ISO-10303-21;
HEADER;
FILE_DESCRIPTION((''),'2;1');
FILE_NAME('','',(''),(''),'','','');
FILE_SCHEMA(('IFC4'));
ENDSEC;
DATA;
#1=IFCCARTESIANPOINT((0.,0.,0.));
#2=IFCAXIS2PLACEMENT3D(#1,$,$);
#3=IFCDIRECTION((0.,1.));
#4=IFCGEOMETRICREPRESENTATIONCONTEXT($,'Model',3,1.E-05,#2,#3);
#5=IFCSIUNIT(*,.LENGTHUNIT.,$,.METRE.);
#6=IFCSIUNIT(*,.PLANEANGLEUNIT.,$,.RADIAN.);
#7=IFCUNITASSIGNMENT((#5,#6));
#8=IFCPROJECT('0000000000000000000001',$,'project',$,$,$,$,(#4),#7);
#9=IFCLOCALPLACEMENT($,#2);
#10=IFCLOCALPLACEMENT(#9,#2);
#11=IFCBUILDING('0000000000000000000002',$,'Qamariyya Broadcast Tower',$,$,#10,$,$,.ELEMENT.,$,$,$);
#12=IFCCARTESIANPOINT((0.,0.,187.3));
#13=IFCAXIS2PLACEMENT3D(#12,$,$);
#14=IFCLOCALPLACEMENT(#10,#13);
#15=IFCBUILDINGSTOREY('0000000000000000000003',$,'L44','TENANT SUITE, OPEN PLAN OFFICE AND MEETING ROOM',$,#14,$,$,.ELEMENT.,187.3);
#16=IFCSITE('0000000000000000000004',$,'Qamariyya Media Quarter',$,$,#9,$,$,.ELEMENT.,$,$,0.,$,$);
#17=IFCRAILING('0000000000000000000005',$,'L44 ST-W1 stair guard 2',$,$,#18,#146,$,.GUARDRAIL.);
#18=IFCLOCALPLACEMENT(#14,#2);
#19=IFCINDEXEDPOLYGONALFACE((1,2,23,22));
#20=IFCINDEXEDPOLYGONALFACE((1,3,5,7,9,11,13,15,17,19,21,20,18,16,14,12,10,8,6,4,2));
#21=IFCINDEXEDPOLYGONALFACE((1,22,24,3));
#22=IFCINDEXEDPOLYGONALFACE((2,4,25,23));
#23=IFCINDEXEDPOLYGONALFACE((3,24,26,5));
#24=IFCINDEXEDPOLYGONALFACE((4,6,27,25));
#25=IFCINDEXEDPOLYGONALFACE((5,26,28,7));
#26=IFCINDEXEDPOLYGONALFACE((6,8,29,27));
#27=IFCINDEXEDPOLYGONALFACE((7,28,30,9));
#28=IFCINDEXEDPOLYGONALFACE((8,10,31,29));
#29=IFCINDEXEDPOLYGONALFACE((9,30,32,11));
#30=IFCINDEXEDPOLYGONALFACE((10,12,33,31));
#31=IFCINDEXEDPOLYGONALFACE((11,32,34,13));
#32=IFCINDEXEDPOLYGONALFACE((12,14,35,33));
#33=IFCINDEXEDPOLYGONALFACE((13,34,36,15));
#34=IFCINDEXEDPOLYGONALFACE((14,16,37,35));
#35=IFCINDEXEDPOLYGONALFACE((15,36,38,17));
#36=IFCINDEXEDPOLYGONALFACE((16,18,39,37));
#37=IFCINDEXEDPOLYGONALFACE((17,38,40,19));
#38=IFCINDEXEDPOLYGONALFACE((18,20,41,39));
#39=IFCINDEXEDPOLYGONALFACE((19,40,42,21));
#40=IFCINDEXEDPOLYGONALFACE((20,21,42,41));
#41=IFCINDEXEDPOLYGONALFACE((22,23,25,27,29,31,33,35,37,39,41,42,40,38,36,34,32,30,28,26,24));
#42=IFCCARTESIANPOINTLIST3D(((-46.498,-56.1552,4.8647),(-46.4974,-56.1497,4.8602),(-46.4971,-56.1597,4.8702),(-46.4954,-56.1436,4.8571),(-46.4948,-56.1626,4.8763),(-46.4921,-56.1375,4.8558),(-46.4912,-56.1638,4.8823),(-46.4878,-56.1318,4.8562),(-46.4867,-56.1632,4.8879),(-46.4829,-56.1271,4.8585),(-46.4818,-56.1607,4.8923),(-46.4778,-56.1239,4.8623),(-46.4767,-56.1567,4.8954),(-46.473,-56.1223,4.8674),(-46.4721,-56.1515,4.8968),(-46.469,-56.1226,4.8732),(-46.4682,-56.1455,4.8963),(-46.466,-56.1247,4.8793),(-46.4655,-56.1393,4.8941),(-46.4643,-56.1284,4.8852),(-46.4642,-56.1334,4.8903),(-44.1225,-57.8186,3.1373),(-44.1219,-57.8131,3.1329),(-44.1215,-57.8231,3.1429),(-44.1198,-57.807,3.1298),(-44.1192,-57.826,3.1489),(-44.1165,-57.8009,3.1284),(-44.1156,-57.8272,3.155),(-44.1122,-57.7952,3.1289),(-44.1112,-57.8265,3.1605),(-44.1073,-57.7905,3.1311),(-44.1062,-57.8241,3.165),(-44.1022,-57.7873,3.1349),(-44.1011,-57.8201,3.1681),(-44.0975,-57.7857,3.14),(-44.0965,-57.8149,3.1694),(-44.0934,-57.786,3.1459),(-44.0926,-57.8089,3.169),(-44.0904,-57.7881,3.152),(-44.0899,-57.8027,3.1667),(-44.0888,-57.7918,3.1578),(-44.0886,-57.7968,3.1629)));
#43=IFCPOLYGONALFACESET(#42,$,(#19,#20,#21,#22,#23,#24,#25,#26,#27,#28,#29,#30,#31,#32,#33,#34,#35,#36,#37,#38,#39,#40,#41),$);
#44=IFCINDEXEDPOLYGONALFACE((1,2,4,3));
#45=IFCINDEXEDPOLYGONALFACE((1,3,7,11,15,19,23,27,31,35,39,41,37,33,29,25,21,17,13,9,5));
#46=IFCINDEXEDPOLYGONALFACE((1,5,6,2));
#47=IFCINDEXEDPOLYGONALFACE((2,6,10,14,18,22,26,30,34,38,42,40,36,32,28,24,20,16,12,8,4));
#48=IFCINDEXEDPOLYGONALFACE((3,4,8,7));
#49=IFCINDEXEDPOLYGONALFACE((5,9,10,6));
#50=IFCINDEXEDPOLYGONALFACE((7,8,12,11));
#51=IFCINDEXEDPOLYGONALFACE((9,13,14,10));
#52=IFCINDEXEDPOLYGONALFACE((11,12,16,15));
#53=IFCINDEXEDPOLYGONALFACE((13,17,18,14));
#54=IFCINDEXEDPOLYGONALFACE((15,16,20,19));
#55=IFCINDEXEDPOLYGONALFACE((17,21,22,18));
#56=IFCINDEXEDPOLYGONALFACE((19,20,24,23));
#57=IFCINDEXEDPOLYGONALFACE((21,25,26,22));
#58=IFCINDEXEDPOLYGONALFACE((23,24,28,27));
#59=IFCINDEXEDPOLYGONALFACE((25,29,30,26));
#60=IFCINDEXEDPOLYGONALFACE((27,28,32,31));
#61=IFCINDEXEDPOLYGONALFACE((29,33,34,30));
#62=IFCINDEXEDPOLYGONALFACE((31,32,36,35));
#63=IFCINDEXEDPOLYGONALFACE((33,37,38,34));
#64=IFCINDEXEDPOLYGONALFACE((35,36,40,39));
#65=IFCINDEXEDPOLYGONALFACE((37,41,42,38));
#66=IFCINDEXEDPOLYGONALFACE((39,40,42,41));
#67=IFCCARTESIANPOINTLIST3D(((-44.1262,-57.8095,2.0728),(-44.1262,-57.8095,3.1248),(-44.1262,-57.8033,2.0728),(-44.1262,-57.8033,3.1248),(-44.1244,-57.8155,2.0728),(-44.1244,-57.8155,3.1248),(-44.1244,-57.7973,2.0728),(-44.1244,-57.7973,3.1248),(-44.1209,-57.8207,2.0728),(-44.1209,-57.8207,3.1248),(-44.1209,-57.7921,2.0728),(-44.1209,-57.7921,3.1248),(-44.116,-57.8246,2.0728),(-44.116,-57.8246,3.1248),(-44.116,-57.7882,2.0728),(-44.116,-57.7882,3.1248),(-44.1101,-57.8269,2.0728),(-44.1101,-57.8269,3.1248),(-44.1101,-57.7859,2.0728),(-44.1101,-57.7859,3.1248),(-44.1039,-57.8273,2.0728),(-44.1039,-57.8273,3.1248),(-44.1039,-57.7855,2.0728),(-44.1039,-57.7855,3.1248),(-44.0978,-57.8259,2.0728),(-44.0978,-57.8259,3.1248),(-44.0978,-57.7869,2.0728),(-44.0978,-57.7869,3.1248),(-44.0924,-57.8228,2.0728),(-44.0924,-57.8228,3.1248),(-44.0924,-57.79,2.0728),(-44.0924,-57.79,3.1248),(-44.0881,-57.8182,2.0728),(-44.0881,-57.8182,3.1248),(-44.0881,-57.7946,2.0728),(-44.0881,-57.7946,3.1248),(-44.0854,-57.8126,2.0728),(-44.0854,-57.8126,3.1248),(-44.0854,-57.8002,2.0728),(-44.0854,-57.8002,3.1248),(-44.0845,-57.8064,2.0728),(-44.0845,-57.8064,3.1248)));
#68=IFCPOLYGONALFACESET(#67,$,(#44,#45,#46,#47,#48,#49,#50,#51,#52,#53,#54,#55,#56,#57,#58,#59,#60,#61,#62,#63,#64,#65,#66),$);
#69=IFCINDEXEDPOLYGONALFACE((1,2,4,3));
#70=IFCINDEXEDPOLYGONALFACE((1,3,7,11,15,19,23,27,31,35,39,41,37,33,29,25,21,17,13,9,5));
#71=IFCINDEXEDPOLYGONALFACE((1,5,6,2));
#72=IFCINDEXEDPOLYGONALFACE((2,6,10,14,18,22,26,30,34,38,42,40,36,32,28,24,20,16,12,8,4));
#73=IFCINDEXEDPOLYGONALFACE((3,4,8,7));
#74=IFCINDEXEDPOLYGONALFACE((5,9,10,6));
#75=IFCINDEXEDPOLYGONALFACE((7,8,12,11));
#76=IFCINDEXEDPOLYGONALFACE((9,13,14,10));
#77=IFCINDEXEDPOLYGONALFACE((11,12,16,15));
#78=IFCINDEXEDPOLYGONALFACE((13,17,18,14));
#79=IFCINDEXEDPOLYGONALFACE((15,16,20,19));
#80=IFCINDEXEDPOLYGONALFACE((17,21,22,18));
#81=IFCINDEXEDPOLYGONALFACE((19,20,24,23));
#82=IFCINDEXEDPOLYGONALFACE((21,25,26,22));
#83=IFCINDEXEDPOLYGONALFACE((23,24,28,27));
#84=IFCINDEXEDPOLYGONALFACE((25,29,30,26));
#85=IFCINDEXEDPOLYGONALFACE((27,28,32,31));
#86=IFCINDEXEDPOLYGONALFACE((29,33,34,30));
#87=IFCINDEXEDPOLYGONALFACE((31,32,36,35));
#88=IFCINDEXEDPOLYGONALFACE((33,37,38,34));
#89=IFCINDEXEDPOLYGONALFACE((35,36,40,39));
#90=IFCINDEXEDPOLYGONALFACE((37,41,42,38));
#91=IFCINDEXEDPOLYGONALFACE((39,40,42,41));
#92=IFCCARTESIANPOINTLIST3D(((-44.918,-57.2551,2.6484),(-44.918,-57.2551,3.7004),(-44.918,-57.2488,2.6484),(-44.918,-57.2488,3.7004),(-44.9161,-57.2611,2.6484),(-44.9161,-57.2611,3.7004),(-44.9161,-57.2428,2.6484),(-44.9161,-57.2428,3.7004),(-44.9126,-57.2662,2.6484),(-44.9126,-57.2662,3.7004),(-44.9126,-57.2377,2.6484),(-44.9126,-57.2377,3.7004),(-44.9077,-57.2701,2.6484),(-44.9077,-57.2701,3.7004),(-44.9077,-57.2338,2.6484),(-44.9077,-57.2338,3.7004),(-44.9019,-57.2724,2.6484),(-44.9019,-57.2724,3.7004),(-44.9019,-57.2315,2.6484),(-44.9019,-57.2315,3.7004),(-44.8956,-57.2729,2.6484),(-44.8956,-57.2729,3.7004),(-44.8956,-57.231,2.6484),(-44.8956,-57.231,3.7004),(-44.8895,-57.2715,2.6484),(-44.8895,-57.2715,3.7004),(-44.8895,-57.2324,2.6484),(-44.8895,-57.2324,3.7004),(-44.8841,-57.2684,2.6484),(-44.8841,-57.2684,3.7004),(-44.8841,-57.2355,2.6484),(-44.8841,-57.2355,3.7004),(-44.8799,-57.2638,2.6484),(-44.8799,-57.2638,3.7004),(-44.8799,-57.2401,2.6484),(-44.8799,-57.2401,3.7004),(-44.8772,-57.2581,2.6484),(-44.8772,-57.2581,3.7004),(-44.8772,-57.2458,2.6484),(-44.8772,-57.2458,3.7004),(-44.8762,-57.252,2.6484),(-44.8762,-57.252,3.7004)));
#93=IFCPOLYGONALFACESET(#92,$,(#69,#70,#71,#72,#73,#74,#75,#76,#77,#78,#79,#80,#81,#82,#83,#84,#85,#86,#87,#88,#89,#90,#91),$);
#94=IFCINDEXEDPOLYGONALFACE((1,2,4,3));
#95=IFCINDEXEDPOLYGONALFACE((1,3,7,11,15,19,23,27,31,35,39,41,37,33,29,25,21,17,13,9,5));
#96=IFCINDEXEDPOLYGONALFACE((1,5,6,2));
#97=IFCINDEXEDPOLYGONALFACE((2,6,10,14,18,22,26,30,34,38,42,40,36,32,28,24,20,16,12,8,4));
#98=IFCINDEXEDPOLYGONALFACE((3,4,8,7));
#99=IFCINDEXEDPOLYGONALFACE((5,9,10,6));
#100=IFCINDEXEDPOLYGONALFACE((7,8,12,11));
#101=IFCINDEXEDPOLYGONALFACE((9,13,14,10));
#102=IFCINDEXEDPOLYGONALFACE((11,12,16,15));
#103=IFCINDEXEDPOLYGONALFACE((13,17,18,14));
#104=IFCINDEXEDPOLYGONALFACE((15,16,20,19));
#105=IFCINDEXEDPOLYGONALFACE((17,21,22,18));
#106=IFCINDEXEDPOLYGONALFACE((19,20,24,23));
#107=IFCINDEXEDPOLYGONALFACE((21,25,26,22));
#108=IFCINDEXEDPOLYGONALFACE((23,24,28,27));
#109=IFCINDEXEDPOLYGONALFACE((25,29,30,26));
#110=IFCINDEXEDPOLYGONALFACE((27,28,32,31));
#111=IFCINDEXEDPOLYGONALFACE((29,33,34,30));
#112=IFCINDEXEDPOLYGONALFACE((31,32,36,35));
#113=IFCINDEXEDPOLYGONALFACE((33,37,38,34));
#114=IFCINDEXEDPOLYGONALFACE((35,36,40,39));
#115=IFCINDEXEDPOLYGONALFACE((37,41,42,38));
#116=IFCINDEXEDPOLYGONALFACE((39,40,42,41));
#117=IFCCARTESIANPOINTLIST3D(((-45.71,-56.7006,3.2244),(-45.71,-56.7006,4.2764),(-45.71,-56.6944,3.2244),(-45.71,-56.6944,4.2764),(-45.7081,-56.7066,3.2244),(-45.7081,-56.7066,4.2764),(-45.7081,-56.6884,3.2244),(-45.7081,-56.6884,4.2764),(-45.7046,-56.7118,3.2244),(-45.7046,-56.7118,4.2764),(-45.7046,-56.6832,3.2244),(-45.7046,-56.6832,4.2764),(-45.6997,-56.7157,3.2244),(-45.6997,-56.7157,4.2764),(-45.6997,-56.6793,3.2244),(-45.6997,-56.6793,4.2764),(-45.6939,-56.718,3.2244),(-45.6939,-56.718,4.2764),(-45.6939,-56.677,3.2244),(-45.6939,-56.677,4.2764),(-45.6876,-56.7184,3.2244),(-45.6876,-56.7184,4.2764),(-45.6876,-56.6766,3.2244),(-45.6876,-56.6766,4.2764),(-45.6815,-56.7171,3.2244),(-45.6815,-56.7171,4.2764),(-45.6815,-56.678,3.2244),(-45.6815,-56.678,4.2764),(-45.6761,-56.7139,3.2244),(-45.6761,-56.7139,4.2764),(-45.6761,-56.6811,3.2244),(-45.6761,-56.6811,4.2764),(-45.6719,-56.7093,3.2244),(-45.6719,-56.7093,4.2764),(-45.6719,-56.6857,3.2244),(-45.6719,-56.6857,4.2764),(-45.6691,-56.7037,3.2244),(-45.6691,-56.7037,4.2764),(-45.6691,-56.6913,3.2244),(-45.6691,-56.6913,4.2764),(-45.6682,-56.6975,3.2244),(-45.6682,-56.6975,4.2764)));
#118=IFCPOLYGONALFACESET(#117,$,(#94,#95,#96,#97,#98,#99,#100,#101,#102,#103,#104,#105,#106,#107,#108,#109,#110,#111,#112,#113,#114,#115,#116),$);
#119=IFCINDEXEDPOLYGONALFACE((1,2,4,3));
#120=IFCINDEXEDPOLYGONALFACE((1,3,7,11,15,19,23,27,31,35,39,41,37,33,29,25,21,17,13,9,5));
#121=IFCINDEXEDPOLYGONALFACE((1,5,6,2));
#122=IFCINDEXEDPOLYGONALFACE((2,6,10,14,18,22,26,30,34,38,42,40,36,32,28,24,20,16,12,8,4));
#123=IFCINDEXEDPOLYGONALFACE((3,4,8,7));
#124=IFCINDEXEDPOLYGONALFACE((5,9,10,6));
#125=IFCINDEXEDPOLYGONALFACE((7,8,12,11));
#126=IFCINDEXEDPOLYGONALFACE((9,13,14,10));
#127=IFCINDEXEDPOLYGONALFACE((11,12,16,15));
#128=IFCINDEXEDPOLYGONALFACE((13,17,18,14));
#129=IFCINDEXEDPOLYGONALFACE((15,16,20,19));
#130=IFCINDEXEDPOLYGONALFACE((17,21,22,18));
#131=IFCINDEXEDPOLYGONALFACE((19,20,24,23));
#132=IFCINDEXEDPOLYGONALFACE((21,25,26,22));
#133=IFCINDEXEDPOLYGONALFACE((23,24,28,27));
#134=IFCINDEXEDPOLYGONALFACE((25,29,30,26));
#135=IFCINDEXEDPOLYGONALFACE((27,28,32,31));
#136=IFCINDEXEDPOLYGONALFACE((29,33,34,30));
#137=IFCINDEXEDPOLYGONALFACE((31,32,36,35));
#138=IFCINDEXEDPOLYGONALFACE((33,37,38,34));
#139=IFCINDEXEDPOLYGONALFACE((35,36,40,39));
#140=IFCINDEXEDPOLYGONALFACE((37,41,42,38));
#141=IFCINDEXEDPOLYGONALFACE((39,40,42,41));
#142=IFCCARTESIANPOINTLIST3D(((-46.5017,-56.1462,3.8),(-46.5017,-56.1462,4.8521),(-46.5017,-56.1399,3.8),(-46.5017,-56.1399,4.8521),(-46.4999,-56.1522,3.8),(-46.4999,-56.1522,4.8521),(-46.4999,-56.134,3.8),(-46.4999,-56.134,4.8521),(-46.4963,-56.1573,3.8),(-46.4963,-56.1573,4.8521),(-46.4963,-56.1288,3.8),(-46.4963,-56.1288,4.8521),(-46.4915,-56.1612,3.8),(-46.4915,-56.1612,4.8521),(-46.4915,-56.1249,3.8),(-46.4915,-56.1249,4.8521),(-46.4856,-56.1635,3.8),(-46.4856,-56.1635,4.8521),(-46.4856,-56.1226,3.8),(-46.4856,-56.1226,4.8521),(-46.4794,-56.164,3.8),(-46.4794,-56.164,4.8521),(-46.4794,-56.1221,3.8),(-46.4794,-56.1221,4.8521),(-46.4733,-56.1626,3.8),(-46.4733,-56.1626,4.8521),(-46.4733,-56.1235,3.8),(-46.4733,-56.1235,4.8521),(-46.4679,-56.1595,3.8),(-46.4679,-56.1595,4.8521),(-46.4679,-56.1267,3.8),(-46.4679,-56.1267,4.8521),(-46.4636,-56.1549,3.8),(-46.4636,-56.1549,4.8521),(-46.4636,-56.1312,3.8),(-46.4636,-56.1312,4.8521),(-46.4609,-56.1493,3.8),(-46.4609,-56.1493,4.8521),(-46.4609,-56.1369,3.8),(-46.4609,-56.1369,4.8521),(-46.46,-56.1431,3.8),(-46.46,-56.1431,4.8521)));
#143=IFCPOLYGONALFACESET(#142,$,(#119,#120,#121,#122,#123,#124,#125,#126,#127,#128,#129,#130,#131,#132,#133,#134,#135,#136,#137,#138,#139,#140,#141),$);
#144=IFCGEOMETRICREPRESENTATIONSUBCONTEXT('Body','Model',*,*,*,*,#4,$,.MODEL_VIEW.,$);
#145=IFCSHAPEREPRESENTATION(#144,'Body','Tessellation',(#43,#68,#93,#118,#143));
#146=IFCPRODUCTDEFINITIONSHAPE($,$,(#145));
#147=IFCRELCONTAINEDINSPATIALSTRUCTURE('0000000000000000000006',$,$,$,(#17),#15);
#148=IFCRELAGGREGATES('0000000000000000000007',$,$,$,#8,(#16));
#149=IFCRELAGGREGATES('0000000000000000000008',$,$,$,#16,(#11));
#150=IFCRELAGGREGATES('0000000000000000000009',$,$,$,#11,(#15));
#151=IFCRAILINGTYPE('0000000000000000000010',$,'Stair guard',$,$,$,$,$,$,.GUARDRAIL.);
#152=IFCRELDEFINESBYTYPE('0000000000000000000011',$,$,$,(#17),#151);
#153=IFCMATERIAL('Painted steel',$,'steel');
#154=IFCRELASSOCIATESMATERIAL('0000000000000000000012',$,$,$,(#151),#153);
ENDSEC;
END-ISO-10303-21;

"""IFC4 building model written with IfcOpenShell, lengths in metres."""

from ifc_helpers import new_model, si_unit, direction, frame, origin, origin_2d, place, context, subcontext, project, spatial, circle, extrude, material, type_object, element, save


model = new_model("IFC4")

# Units and contexts
model_context = context("Model", 3, precision=1e-05, world=origin(), true_north=direction((0.0, 1.0)))
body_context = subcontext(model_context, "Body", "Model", "MODEL_VIEW")
ifc_project = project(units=[si_unit("LENGTHUNIT", "METRE"), si_unit("PLANEANGLEUNIT", "RADIAN")], contexts=[model_context])

# Site, building, storey
site_placement = place(None, origin())
site = spatial("IfcSite", under=ifc_project, at=site_placement, Name="Qamariyya Media Quarter", CompositionType="ELEMENT", RefElevation=0.0)
building_placement = place(site_placement, origin())
building = spatial("IfcBuilding", under=site, at=building_placement, Name="Qamariyya Broadcast Tower", CompositionType="ELEMENT")
storey_placement = place(building_placement, frame((0.0, 0.0, 187.3)))
storey = spatial("IfcBuildingStorey", under=building, at=storey_placement, Name="L44", Description="TENANT SUITE, OPEN PLAN OFFICE AND MEETING ROOM", CompositionType="ELEMENT", Elevation=187.3)

# Railing
ifc_material_1 = material(Name="Painted steel", Category="steel")
railing_type_1 = type_object("IfcRailingType", Name="Stair guard", PredefinedType="GUARDRAIL", material=ifc_material_1)
railing_1_placement = place(storey_placement, frame((-44.1055, -57.8064, 2.0728)))
element("IfcRailing", 1, at=railing_1_placement, inside=storey, type_object=railing_type_1, Name="L44 ST-W1 stair guard 2", PredefinedType="GUARDRAIL", context=body_context, shape_type="SweptSolid", body=[
    extrude(circle(Radius=0.0239, at=origin_2d()), frame((0.0, 0.0, 1.0762), z_axis=(-0.70377, 0.492784, 0.511734), x_axis=(-0.573575, -0.819153, 0.0)), (0.0, 0.0, 1.0), 3.3755),
    extrude(circle(Radius=0.021, at=origin_2d()), origin(), (0.0, 0.0, 1.0), 1.052),
    extrude(circle(Radius=0.021, at=origin_2d()), frame((-0.7917, 0.5544, 0.5757)), (0.0, 0.0, 1.0), 1.052),
    extrude(circle(Radius=0.021, at=origin_2d()), frame((-1.5837, 1.1089, 1.1516)), (0.0, 0.0, 1.0), 1.052),
    extrude(circle(Radius=0.021, at=origin_2d()), frame((-2.3755, 1.6633, 1.7273)), (0.0, 0.0, 1.0), 1.052),
])

save(model, "model.ifc")
